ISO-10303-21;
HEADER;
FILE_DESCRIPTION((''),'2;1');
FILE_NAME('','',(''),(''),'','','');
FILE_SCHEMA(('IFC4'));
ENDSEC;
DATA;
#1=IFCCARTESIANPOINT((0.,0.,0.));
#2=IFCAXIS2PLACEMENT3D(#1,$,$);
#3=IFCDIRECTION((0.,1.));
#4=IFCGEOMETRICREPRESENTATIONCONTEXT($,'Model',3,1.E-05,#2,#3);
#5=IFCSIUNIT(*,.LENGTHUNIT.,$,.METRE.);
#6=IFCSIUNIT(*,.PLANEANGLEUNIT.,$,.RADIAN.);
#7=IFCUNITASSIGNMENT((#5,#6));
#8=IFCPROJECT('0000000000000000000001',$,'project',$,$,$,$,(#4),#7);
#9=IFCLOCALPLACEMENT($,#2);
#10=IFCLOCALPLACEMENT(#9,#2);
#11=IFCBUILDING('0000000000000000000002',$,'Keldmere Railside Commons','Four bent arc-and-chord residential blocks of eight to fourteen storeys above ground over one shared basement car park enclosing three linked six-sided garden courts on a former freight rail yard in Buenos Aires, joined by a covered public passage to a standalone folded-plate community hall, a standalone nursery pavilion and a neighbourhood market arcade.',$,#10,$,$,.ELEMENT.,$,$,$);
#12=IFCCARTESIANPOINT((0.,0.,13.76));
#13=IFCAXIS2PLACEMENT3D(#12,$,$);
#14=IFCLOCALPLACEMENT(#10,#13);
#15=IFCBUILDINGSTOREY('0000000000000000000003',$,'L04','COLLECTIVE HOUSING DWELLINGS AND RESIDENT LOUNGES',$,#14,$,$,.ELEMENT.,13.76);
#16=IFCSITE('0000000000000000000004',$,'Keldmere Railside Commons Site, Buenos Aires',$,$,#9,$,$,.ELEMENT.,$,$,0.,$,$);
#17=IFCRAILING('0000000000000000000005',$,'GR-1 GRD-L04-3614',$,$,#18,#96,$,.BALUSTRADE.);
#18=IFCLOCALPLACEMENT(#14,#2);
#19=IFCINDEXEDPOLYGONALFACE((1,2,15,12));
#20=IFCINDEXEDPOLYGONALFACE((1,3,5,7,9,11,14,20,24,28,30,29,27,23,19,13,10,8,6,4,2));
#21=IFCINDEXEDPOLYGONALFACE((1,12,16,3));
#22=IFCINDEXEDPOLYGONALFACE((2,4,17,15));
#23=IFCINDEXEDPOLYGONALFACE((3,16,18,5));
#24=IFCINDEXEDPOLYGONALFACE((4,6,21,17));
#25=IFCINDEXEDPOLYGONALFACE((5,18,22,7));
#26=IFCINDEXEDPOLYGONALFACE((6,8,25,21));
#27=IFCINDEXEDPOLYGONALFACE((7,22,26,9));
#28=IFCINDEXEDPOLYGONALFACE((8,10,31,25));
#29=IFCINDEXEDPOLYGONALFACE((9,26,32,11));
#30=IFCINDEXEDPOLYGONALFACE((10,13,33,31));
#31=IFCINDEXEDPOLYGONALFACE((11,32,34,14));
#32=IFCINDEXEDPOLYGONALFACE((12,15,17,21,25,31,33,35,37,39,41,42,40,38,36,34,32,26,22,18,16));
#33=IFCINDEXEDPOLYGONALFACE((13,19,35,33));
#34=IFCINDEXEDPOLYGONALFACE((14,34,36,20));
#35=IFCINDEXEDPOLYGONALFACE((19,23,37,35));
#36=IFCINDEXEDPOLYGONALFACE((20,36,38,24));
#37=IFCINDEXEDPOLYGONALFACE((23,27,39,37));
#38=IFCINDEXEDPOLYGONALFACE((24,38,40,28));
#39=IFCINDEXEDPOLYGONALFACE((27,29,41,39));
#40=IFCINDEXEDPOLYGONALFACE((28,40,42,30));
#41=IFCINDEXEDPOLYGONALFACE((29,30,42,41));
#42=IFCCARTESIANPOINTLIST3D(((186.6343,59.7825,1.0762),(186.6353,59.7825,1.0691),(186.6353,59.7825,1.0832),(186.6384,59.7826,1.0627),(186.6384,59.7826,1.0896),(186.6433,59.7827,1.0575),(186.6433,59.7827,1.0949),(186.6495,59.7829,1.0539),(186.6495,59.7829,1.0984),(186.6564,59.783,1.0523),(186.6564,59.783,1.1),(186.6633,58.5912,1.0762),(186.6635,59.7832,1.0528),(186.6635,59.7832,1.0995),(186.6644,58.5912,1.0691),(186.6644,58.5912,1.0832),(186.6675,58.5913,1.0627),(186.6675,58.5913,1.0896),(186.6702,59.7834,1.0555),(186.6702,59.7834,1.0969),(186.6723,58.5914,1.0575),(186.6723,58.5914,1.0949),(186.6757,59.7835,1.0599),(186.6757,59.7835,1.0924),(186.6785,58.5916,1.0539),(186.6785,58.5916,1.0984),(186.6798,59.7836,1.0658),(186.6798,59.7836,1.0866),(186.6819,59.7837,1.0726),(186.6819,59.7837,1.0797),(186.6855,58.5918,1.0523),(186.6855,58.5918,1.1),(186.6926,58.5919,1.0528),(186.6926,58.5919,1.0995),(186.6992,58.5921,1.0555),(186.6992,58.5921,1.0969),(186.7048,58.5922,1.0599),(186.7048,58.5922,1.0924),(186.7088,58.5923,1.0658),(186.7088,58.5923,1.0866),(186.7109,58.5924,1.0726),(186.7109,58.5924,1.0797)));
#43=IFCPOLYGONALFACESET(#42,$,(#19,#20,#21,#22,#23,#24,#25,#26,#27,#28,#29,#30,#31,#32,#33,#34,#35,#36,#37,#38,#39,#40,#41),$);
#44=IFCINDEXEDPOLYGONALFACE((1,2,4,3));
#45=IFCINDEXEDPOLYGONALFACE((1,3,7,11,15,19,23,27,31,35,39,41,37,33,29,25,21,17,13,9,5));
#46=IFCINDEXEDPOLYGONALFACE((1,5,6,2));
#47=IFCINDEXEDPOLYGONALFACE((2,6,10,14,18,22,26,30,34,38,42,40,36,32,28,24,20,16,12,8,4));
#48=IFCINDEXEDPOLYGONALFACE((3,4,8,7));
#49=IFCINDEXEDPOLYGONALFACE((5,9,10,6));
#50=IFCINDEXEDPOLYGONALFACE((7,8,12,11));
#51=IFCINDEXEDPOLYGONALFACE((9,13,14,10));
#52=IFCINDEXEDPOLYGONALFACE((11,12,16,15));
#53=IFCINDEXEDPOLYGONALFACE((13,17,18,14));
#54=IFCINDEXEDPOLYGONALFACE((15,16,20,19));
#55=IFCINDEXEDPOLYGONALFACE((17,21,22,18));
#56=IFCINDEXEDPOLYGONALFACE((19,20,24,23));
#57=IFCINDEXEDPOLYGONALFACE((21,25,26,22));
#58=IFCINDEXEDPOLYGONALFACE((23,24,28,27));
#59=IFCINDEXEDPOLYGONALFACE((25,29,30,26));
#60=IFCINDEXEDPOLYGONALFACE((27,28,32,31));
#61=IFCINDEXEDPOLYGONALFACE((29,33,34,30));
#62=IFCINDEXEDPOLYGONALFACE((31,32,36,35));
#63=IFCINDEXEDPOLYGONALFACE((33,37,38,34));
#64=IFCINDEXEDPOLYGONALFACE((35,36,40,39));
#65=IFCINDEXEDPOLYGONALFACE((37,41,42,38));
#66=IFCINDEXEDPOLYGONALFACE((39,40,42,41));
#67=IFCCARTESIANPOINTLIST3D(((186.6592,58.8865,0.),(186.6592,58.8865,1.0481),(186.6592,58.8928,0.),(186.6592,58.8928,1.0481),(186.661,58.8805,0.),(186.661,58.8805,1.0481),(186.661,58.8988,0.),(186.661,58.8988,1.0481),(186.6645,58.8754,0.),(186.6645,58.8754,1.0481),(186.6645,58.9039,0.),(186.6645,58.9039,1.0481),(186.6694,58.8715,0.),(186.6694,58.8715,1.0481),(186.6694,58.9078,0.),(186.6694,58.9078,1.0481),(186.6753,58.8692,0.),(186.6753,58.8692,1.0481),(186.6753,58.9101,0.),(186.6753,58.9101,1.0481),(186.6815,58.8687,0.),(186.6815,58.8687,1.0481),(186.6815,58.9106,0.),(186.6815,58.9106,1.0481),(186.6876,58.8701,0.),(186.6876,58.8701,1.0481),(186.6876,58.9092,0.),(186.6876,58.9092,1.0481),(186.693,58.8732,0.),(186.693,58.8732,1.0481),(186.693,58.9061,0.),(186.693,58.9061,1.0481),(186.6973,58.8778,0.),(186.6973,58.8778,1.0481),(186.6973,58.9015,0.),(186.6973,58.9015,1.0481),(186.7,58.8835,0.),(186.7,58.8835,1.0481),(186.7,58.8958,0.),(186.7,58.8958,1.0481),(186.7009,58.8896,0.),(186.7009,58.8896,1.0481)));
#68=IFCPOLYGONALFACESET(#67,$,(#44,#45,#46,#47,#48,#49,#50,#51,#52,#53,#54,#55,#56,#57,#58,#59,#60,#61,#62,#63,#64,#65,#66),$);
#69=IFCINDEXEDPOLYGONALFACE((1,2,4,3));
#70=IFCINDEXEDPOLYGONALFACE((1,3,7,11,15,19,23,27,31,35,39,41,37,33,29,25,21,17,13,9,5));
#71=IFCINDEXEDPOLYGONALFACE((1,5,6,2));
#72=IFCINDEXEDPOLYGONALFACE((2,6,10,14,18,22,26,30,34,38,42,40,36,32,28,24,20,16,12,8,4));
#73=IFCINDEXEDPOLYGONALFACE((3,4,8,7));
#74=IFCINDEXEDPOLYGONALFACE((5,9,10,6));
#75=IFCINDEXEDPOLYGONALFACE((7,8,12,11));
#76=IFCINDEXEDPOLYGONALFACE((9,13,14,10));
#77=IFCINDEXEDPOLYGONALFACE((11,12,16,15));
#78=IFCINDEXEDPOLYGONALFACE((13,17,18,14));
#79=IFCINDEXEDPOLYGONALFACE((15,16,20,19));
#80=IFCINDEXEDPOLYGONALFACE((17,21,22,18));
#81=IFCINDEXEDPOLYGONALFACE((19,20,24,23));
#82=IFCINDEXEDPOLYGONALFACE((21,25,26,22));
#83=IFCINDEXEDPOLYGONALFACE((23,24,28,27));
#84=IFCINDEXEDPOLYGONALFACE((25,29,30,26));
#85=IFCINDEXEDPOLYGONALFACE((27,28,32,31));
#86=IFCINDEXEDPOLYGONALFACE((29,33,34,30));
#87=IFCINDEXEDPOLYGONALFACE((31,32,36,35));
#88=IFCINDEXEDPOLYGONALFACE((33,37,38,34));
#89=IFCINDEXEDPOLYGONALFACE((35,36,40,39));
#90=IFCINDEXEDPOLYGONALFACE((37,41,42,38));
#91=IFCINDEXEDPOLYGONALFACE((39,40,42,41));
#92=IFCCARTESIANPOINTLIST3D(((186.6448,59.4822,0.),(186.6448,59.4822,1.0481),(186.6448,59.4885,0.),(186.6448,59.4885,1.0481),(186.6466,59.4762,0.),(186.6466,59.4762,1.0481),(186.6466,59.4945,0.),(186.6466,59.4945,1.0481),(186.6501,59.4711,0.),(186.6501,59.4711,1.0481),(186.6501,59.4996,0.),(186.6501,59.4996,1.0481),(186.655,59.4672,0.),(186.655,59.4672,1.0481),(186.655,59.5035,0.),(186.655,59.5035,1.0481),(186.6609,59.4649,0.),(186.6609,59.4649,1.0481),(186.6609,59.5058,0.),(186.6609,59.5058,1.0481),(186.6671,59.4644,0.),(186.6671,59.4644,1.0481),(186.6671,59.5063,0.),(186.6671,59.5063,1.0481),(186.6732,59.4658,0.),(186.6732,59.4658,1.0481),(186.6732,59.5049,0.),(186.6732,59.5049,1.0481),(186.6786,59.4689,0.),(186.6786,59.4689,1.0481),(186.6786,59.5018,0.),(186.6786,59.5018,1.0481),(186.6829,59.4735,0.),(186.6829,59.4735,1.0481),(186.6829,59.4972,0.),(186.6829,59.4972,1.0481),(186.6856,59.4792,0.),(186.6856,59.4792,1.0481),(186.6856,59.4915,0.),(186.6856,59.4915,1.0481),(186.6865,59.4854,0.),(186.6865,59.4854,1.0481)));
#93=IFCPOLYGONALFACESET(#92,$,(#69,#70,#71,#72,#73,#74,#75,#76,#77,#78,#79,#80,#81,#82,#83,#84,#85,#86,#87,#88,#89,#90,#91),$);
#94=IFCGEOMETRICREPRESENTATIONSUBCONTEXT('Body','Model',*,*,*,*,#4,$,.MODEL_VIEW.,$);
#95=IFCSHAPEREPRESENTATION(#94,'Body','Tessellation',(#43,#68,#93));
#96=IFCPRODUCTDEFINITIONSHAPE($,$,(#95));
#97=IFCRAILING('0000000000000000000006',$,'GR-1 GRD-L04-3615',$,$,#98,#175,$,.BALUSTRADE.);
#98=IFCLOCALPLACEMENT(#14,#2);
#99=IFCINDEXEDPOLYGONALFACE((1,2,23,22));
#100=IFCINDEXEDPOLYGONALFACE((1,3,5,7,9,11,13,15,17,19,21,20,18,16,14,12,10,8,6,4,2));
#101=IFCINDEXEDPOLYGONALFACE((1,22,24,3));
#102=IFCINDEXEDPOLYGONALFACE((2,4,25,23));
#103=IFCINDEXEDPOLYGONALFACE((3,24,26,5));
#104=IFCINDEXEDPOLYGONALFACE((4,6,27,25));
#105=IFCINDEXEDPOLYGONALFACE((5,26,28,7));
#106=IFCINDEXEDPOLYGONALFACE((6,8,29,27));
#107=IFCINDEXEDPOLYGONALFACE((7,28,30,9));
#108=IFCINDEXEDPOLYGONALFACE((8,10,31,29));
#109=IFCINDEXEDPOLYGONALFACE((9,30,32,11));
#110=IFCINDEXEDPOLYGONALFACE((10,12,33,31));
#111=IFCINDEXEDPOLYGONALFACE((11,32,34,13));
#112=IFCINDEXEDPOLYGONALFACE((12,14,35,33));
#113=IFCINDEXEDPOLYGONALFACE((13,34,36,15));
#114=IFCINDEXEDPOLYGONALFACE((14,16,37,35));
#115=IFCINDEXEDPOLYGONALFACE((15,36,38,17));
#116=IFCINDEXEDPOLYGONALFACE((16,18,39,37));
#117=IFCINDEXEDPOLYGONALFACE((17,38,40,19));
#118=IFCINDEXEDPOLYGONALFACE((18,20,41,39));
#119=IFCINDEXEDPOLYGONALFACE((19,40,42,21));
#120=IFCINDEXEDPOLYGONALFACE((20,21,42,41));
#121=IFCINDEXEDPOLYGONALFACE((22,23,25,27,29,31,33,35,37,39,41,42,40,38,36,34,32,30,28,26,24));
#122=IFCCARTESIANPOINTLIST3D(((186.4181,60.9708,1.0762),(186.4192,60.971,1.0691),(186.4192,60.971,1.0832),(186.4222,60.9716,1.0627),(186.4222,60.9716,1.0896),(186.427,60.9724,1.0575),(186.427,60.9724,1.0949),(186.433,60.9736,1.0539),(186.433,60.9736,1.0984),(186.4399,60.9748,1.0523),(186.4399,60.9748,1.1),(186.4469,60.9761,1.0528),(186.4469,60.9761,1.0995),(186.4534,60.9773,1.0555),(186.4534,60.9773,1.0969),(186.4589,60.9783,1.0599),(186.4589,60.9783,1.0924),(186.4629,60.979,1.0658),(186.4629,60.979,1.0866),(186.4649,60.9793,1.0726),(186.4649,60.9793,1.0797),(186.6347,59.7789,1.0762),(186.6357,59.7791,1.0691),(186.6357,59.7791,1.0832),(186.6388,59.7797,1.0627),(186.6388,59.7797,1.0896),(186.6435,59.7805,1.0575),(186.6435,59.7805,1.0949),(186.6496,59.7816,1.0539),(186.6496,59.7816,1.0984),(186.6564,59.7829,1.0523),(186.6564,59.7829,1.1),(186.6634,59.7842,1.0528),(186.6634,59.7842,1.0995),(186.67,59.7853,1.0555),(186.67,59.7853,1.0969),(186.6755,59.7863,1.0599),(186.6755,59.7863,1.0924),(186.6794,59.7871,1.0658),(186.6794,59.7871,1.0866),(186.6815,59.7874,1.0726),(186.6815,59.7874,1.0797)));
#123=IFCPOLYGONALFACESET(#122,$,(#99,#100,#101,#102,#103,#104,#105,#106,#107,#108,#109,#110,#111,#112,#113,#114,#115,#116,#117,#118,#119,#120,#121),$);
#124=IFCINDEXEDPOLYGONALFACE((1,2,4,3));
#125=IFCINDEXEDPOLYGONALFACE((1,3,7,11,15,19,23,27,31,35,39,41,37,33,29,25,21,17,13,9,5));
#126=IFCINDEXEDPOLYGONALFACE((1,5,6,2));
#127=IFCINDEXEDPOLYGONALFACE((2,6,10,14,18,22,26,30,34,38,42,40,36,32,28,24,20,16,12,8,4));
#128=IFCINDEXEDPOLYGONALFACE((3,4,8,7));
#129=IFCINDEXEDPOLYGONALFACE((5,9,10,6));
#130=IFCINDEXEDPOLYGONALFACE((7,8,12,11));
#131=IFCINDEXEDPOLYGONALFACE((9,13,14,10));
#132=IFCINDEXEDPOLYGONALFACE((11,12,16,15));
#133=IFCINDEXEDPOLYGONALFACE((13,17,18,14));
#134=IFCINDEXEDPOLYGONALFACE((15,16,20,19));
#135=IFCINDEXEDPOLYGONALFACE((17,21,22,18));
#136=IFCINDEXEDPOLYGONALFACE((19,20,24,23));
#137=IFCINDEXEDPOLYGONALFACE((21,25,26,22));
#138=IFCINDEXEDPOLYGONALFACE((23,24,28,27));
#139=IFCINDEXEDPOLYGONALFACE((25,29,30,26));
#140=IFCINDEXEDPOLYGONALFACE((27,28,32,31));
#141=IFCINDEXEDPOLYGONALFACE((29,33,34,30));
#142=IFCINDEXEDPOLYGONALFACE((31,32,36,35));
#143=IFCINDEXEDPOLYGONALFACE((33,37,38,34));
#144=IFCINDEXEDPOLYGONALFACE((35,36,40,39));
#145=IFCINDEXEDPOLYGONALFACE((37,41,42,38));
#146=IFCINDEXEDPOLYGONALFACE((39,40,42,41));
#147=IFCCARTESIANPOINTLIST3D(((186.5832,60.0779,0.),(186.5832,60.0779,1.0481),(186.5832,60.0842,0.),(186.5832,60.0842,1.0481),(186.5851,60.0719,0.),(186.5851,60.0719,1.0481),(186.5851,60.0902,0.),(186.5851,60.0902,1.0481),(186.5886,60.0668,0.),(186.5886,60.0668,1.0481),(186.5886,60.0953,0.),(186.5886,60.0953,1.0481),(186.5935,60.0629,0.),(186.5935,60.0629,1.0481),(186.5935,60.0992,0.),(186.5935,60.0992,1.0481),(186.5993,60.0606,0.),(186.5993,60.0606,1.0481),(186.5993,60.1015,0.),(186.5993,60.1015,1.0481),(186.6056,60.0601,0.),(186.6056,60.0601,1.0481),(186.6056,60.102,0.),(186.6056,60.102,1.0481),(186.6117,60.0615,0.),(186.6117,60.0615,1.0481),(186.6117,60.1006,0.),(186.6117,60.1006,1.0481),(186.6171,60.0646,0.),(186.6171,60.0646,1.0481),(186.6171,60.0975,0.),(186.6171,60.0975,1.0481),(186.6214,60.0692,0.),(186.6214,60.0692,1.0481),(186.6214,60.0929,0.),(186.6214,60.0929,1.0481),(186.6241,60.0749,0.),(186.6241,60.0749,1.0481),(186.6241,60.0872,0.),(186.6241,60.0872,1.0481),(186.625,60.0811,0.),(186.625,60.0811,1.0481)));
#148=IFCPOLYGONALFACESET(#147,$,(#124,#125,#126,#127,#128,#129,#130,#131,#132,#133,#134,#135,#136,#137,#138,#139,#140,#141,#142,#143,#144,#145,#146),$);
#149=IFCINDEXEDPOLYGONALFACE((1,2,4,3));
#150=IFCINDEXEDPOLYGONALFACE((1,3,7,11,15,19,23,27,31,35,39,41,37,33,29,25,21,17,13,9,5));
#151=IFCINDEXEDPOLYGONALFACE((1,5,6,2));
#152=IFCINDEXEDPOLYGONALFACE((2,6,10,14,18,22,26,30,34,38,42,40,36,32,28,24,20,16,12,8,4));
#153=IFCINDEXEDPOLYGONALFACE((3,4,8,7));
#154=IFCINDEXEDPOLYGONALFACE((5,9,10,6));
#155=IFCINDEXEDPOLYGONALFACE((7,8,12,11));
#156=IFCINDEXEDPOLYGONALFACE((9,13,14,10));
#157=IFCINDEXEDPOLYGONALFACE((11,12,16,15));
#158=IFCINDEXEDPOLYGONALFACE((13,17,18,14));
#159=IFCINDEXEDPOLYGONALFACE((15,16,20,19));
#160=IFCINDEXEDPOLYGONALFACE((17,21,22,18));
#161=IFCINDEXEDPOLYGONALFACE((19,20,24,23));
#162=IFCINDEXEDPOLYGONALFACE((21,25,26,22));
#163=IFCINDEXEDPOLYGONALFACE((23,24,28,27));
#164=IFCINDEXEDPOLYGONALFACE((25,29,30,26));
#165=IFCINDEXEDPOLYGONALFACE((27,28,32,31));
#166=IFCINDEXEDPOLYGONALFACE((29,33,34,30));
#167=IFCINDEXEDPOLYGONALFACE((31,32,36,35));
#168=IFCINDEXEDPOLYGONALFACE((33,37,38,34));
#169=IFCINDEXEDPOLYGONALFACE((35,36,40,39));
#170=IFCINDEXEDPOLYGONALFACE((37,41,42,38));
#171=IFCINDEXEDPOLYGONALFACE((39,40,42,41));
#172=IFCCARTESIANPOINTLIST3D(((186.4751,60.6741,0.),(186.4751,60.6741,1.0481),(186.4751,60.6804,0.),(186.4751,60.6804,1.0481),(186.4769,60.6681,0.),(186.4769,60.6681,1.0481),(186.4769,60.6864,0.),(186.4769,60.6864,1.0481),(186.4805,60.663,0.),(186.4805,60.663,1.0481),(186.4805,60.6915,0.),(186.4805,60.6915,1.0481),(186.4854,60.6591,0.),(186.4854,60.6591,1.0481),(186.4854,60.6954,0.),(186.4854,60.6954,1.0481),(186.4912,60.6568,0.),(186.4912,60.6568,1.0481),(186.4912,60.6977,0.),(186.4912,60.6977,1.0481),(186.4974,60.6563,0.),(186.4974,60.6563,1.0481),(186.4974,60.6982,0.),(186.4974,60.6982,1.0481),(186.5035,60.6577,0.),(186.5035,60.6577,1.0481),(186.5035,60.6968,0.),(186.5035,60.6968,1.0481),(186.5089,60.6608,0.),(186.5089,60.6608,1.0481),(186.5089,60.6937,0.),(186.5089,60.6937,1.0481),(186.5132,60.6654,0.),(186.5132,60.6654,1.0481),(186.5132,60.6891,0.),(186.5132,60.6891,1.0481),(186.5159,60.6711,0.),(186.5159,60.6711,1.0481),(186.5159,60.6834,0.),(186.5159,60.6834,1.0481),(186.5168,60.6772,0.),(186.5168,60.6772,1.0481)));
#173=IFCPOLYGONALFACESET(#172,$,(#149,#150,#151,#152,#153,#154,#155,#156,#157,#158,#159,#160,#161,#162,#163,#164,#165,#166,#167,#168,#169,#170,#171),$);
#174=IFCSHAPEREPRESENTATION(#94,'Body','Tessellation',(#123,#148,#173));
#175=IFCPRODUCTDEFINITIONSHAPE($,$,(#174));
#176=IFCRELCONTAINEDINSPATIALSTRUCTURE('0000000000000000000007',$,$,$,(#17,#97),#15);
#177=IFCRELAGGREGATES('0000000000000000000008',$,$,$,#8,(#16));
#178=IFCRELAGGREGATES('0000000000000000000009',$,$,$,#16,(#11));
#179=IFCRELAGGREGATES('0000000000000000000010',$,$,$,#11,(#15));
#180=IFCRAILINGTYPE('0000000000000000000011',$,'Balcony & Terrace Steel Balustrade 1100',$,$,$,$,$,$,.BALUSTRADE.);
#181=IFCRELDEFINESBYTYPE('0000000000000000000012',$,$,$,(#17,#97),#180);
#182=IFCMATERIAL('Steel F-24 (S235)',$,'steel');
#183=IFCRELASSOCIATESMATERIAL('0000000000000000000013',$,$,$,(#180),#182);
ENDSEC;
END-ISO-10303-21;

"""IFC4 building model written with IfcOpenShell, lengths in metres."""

from ifc_helpers import new_model, si_unit, direction, frame, origin, origin_2d, place, context, subcontext, project, spatial, circle, extrude, material, type_object, element, save


model = new_model("IFC4")

# Units and contexts
model_context = context("Model", 3, precision=1e-05, world=origin(), true_north=direction((0.0, 1.0)))
body_context = subcontext(model_context, "Body", "Model", "MODEL_VIEW")
ifc_project = project(units=[si_unit("LENGTHUNIT", "METRE"), si_unit("PLANEANGLEUNIT", "RADIAN")], contexts=[model_context])

# Site, building, storey
site_placement = place(None, origin())
site = spatial("IfcSite", under=ifc_project, at=site_placement, Name="Keldmere Railside Commons Site, Buenos Aires", CompositionType="ELEMENT", RefElevation=0.0)
building_placement = place(site_placement, origin())
building = spatial("IfcBuilding", under=site, at=building_placement, Name="Keldmere Railside Commons", Description="Four bent arc-and-chord residential blocks of eight to fourteen storeys above ground over one shared basement car park enclosing three linked six-sided garden courts on a former freight rail yard in Buenos Aires, joined by a covered public passage to a standalone folded-plate community hall, a standalone nursery pavilion and a neighbourhood market arcade.", CompositionType="ELEMENT")
storey_placement = place(building_placement, frame((0.0, 0.0, 13.76)))
storey = spatial("IfcBuildingStorey", under=building, at=storey_placement, Name="L04", Description="COLLECTIVE HOUSING DWELLINGS AND RESIDENT LOUNGES", CompositionType="ELEMENT", Elevation=13.76)

# Railings
ifc_material_1 = material(Name="Steel F-24 (S235)", Category="steel")
railing_type = type_object("IfcRailingType", Name="Balcony & Terrace Steel Balustrade 1100", PredefinedType="BALUSTRADE", material=ifc_material_1)
railing_1_placement = place(storey_placement, frame((186.6873, 58.5918, 0.0)))
element("IfcRailing", 1, at=railing_1_placement, inside=storey, type_object=railing_type, Name="GR-1 GRD-L04-3614", PredefinedType="BALUSTRADE", context=body_context, shape_type="SweptSolid", body=[
    extrude(circle(Radius=0.0239, at=origin_2d()), frame((0.0, 0.0, 1.0762), z_axis=(-0.024378, 0.999703, 0.0), x_axis=(-0.999703, -0.024378, 0.0)), (0.0, 0.0, 1.0), 1.1917),
    extrude(circle(Radius=0.021, at=origin_2d()), frame((-0.0073, 0.2979, 0.0)), (0.0, 0.0, 1.0), 1.0481),
    extrude(circle(Radius=0.021, at=origin_2d()), frame((-0.0217, 0.8936, 0.0)), (0.0, 0.0, 1.0), 1.0481),
])
railing_2_placement = place(storey_placement, frame((186.6582, 59.7832, 0.0)))
element("IfcRailing", 2, at=railing_2_placement, inside=storey, type_object=railing_type, Name="GR-1 GRD-L04-3615", PredefinedType="BALUSTRADE", context=body_context, shape_type="SweptSolid", body=[
    extrude(circle(Radius=0.0239, at=origin_2d()), frame((0.0, 0.0, 1.0762), z_axis=(-0.178761, 0.983892, 0.0), x_axis=(-0.983892, -0.178761, 0.0)), (0.0, 0.0, 1.0), 1.2114),
    extrude(circle(Radius=0.021, at=origin_2d()), frame((-0.0542, 0.2979, 0.0)), (0.0, 0.0, 1.0), 1.0481),
    extrude(circle(Radius=0.021, at=origin_2d()), frame((-0.1624, 0.894, 0.0)), (0.0, 0.0, 1.0), 1.0481),
])

save(model, "model.ifc")
